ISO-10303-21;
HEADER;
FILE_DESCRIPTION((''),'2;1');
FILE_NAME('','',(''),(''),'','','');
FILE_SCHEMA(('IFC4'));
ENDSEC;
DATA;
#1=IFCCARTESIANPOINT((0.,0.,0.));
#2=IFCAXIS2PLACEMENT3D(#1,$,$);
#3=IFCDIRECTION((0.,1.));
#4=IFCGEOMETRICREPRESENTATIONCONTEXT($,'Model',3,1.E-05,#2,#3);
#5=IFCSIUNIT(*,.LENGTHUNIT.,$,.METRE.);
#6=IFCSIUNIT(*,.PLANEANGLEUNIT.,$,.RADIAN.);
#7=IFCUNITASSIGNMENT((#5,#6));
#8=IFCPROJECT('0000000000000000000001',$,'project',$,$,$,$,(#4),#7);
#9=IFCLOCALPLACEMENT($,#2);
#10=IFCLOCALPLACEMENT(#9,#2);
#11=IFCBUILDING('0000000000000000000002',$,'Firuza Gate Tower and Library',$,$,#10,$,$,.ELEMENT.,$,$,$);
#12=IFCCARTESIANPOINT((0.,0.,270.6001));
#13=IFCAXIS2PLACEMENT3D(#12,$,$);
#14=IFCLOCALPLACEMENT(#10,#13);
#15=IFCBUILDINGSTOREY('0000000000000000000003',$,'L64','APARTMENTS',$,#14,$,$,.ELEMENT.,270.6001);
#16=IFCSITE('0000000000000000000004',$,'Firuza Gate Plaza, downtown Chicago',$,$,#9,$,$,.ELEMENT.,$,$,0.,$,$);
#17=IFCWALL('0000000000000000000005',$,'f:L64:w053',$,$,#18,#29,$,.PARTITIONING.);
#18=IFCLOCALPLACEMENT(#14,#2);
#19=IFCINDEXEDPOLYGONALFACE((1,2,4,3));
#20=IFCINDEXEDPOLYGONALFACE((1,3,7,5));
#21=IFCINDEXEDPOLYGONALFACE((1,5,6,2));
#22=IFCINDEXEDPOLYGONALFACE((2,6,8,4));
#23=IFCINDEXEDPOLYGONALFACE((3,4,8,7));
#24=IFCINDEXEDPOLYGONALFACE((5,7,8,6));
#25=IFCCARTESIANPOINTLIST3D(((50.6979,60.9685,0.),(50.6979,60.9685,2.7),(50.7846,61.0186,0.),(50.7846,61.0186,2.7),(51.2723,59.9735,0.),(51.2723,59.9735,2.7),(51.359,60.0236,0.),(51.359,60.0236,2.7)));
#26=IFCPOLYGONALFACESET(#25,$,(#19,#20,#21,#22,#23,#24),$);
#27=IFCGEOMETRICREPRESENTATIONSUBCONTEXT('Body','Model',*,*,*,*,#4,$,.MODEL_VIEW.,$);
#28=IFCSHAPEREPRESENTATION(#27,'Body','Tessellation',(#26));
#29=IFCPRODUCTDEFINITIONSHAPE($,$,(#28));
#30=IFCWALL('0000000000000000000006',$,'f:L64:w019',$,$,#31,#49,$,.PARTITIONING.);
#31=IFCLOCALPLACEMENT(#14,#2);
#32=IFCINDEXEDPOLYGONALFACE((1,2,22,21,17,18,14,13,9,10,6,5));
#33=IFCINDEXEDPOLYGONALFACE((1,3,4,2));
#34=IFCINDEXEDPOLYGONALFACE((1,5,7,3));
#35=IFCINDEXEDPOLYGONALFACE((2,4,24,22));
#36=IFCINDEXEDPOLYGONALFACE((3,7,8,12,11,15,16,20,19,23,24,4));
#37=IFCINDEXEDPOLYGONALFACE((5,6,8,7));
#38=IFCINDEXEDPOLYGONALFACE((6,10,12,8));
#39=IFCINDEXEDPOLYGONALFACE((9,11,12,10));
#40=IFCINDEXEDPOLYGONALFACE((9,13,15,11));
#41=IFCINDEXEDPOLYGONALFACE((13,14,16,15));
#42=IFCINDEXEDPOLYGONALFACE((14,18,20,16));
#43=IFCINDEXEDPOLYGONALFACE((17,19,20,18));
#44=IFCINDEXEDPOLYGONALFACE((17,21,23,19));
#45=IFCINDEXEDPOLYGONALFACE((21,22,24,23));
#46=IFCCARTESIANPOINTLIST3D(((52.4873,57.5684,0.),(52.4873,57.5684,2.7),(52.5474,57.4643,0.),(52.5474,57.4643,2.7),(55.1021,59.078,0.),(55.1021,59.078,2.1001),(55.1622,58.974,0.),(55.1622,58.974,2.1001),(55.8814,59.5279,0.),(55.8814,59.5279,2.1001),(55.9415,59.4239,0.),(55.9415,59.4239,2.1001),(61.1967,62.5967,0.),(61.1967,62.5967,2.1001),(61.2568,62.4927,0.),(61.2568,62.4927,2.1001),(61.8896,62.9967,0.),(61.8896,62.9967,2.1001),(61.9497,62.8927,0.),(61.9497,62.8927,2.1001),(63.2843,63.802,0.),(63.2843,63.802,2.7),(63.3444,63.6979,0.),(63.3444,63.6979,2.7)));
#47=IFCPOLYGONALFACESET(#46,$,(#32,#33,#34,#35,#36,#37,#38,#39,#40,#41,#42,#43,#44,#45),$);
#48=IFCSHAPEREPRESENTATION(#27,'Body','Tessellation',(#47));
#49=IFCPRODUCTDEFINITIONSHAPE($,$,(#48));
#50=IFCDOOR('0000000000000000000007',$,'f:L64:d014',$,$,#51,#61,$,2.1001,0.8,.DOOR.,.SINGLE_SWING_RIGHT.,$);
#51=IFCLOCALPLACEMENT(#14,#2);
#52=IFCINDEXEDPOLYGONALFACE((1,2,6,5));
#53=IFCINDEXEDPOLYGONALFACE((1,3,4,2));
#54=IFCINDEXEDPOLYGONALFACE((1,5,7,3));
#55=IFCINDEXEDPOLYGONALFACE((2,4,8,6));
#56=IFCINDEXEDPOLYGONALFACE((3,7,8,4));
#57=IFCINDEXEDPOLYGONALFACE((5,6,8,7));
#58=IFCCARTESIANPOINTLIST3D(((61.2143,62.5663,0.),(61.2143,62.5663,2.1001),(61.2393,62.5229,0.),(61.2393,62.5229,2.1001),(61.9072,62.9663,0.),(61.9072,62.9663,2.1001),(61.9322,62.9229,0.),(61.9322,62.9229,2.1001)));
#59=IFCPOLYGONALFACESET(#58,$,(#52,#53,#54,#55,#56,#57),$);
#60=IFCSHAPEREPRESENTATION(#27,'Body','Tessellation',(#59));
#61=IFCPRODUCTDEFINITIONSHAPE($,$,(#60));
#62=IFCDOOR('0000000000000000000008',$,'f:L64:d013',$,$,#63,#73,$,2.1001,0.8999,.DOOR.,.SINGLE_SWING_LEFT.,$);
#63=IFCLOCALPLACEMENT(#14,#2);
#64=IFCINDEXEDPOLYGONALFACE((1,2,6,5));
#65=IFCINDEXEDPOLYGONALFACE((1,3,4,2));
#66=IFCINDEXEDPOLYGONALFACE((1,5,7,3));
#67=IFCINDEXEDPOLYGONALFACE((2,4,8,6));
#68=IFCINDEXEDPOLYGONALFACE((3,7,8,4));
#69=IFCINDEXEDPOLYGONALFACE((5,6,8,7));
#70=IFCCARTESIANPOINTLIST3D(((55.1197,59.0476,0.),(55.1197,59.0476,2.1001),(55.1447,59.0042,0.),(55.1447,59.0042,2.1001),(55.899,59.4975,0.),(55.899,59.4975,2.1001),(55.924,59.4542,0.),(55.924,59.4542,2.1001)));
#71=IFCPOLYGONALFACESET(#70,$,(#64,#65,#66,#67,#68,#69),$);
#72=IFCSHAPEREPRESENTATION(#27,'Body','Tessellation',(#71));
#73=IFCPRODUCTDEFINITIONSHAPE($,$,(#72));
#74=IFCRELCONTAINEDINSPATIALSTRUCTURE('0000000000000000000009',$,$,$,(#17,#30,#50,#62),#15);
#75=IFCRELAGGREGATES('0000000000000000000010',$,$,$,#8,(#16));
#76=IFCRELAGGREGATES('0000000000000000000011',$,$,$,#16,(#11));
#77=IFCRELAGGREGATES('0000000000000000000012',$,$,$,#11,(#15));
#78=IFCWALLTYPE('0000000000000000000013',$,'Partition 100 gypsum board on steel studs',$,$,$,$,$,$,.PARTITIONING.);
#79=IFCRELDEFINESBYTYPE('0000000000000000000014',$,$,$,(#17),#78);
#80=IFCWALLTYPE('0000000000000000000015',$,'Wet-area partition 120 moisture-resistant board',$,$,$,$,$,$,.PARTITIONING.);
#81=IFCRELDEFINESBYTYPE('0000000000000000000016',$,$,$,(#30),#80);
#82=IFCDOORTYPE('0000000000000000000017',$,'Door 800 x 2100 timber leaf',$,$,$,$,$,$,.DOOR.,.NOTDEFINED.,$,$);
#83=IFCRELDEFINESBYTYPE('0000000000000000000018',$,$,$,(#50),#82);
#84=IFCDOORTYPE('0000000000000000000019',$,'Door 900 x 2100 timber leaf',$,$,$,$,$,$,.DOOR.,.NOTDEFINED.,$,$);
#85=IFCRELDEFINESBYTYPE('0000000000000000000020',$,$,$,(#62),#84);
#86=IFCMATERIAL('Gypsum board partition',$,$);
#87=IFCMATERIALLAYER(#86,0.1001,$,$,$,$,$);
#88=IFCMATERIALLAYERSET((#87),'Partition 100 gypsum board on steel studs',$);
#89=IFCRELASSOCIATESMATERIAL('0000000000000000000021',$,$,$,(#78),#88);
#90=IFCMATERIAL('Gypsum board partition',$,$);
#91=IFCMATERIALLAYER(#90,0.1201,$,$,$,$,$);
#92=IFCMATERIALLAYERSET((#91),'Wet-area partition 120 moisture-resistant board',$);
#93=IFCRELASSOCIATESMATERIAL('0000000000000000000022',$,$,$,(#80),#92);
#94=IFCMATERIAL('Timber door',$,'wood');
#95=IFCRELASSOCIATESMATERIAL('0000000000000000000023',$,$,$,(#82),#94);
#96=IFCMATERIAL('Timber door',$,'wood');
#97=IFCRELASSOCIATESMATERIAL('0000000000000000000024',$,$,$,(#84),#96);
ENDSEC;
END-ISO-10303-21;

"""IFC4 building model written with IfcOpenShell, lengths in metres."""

from ifc_helpers import new_model, si_unit, direction, frame, frame_2d, origin, place, context, subcontext, project, spatial, rectangle, extrude, material, layer, layer_set, type_object, element, fill, save


model = new_model("IFC4")

# Units and contexts
model_context = context("Model", 3, precision=1e-05, world=origin(), true_north=direction((0.0, 1.0)))
body_context = subcontext(model_context, "Body", "Model", "MODEL_VIEW")
ifc_project = project(units=[si_unit("LENGTHUNIT", "METRE"), si_unit("PLANEANGLEUNIT", "RADIAN")], contexts=[model_context])

# Site, building, storey
site_placement = place(None, origin())
site = spatial("IfcSite", under=ifc_project, at=site_placement, Name="Firuza Gate Plaza, downtown Chicago", CompositionType="ELEMENT", RefElevation=0.0)
building_placement = place(site_placement, origin())
building = spatial("IfcBuilding", under=site, at=building_placement, Name="Firuza Gate Tower and Library", CompositionType="ELEMENT")
storey_placement = place(building_placement, frame((0.0, 0.0, 270.6001)))
storey = spatial("IfcBuildingStorey", under=building, at=storey_placement, Name="L64", Description="APARTMENTS", CompositionType="ELEMENT", Elevation=270.6001)

# Wall
ifc_material_1 = material(Name="Gypsum board partition")
ifc_layer_1 = layer(ifc_material_1, 0.1001)
ifc_layer_set_1 = layer_set([ifc_layer_1], Name="Partition 100 gypsum board on steel studs")
wall_type_1 = type_object("IfcWallType", Name="Partition 100 gypsum board on steel studs", PredefinedType="PARTITIONING", material=ifc_layer_set_1)
wall_1_placement = place(storey_placement, frame((51.3157, 59.9985, 0.0), z_axis=(0.0, 0.0, 1.0), x_axis=(-0.499955, 0.866051, 0.0)))
element("IfcWall", 1, at=wall_1_placement, inside=storey, type_object=wall_type_1, Name="f:L64:w053", PredefinedType="PARTITIONING", context=body_context, shape_type="SweptSolid", body=[
    extrude(rectangle(XDim=1.1489, YDim=0.1001, at=frame_2d((0.5745, 0.0))), origin(), (0.0, 0.0, 1.0), 2.7),
])

# Wall, openings, doors
ifc_material_2 = material(Name="Gypsum board partition")
ifc_layer_2 = layer(ifc_material_2, 0.1201)
ifc_layer_set_2 = layer_set([ifc_layer_2], Name="Wet-area partition 120 moisture-resistant board")
wall_type_2 = type_object("IfcWallType", Name="Wet-area partition 120 moisture-resistant board", PredefinedType="PARTITIONING", material=ifc_layer_set_2)
wall_2_placement = place(storey_placement, frame((52.5173, 57.5164, 0.0), z_axis=(0.0, 0.0, 1.0), x_axis=(0.866028, 0.499995, 0.0)))
wall_2 = element("IfcWall", 2, at=wall_2_placement, inside=storey, type_object=wall_type_2, Name="f:L64:w019", PredefinedType="PARTITIONING", context=body_context, shape_type="SweptSolid", body=[
    extrude(rectangle(XDim=12.4673, YDim=0.1201, at=frame_2d((6.2336, 0.0))), origin(), (0.0, 0.0, 1.0), 2.7),
])
opening_1_placement = place(wall_2_placement, frame((3.0193, 0.0, 0.0)))
opening_1 = element("IfcOpeningElement", 3, at=opening_1_placement, cuts=wall_2, PredefinedType="OPENING", context=body_context, shape_type="SweptSolid", body=[
    extrude(rectangle(XDim=0.8999, YDim=2.1001, at=frame_2d((0.45, 1.05))), frame((0.0, 0.0701, 0.0), z_axis=(0.0, -1.0, 0.0), x_axis=(1.0, 0.0, 0.0)), (0.0, 0.0, 1.0), 0.1401),
])
opening_2_placement = place(wall_2_placement, frame((10.0569, 0.0, 0.0)))
opening_2 = element("IfcOpeningElement", 4, at=opening_2_placement, cuts=wall_2, PredefinedType="OPENING", context=body_context, shape_type="SweptSolid", body=[
    extrude(rectangle(XDim=0.8, YDim=2.1001, at=frame_2d((0.3999, 1.05))), frame((0.0, 0.0701, 0.0), z_axis=(0.0, -1.0, 0.0), x_axis=(1.0, 0.0, 0.0)), (0.0, 0.0, 1.0), 0.1401),
])
ifc_material_3 = material(Name="Timber door", Category="wood")
door_type_1 = type_object("IfcDoorType", Name="Door 800 x 2100 timber leaf", OperationType="NOTDEFINED", PredefinedType="DOOR", material=ifc_material_3)
door_1_placement = place(opening_2_placement, origin())
door_1 = element("IfcDoor", 5, at=door_1_placement, inside=storey, type_object=door_type_1, Name="f:L64:d014", OperationType="SINGLE_SWING_RIGHT", OverallHeight=2.1001, OverallWidth=0.8, PredefinedType="DOOR", context=body_context, shape_type="SweptSolid", body=[
    extrude(rectangle(XDim=0.8, YDim=2.1001, at=frame_2d((0.3999, 1.05))), frame((0.0, 0.0249, 0.0), z_axis=(0.0, -1.0, 0.0), x_axis=(1.0, 0.0, 0.0)), (0.0, 0.0, 1.0), 0.05),
])
fill(opening_2, door_1)
ifc_material_4 = material(Name="Timber door", Category="wood")
door_type_2 = type_object("IfcDoorType", Name="Door 900 x 2100 timber leaf", OperationType="NOTDEFINED", PredefinedType="DOOR", material=ifc_material_4)
door_2_placement = place(opening_1_placement, origin())
door_2 = element("IfcDoor", 6, at=door_2_placement, inside=storey, type_object=door_type_2, Name="f:L64:d013", OperationType="SINGLE_SWING_LEFT", OverallHeight=2.1001, OverallWidth=0.8999, PredefinedType="DOOR", context=body_context, shape_type="SweptSolid", body=[
    extrude(rectangle(XDim=0.8999, YDim=2.1001, at=frame_2d((0.45, 1.05))), frame((0.0, 0.0249, 0.0), z_axis=(0.0, -1.0, 0.0), x_axis=(1.0, 0.0, 0.0)), (0.0, 0.0, 1.0), 0.05),
])
fill(opening_1, door_2)

save(model, "model.ifc")
